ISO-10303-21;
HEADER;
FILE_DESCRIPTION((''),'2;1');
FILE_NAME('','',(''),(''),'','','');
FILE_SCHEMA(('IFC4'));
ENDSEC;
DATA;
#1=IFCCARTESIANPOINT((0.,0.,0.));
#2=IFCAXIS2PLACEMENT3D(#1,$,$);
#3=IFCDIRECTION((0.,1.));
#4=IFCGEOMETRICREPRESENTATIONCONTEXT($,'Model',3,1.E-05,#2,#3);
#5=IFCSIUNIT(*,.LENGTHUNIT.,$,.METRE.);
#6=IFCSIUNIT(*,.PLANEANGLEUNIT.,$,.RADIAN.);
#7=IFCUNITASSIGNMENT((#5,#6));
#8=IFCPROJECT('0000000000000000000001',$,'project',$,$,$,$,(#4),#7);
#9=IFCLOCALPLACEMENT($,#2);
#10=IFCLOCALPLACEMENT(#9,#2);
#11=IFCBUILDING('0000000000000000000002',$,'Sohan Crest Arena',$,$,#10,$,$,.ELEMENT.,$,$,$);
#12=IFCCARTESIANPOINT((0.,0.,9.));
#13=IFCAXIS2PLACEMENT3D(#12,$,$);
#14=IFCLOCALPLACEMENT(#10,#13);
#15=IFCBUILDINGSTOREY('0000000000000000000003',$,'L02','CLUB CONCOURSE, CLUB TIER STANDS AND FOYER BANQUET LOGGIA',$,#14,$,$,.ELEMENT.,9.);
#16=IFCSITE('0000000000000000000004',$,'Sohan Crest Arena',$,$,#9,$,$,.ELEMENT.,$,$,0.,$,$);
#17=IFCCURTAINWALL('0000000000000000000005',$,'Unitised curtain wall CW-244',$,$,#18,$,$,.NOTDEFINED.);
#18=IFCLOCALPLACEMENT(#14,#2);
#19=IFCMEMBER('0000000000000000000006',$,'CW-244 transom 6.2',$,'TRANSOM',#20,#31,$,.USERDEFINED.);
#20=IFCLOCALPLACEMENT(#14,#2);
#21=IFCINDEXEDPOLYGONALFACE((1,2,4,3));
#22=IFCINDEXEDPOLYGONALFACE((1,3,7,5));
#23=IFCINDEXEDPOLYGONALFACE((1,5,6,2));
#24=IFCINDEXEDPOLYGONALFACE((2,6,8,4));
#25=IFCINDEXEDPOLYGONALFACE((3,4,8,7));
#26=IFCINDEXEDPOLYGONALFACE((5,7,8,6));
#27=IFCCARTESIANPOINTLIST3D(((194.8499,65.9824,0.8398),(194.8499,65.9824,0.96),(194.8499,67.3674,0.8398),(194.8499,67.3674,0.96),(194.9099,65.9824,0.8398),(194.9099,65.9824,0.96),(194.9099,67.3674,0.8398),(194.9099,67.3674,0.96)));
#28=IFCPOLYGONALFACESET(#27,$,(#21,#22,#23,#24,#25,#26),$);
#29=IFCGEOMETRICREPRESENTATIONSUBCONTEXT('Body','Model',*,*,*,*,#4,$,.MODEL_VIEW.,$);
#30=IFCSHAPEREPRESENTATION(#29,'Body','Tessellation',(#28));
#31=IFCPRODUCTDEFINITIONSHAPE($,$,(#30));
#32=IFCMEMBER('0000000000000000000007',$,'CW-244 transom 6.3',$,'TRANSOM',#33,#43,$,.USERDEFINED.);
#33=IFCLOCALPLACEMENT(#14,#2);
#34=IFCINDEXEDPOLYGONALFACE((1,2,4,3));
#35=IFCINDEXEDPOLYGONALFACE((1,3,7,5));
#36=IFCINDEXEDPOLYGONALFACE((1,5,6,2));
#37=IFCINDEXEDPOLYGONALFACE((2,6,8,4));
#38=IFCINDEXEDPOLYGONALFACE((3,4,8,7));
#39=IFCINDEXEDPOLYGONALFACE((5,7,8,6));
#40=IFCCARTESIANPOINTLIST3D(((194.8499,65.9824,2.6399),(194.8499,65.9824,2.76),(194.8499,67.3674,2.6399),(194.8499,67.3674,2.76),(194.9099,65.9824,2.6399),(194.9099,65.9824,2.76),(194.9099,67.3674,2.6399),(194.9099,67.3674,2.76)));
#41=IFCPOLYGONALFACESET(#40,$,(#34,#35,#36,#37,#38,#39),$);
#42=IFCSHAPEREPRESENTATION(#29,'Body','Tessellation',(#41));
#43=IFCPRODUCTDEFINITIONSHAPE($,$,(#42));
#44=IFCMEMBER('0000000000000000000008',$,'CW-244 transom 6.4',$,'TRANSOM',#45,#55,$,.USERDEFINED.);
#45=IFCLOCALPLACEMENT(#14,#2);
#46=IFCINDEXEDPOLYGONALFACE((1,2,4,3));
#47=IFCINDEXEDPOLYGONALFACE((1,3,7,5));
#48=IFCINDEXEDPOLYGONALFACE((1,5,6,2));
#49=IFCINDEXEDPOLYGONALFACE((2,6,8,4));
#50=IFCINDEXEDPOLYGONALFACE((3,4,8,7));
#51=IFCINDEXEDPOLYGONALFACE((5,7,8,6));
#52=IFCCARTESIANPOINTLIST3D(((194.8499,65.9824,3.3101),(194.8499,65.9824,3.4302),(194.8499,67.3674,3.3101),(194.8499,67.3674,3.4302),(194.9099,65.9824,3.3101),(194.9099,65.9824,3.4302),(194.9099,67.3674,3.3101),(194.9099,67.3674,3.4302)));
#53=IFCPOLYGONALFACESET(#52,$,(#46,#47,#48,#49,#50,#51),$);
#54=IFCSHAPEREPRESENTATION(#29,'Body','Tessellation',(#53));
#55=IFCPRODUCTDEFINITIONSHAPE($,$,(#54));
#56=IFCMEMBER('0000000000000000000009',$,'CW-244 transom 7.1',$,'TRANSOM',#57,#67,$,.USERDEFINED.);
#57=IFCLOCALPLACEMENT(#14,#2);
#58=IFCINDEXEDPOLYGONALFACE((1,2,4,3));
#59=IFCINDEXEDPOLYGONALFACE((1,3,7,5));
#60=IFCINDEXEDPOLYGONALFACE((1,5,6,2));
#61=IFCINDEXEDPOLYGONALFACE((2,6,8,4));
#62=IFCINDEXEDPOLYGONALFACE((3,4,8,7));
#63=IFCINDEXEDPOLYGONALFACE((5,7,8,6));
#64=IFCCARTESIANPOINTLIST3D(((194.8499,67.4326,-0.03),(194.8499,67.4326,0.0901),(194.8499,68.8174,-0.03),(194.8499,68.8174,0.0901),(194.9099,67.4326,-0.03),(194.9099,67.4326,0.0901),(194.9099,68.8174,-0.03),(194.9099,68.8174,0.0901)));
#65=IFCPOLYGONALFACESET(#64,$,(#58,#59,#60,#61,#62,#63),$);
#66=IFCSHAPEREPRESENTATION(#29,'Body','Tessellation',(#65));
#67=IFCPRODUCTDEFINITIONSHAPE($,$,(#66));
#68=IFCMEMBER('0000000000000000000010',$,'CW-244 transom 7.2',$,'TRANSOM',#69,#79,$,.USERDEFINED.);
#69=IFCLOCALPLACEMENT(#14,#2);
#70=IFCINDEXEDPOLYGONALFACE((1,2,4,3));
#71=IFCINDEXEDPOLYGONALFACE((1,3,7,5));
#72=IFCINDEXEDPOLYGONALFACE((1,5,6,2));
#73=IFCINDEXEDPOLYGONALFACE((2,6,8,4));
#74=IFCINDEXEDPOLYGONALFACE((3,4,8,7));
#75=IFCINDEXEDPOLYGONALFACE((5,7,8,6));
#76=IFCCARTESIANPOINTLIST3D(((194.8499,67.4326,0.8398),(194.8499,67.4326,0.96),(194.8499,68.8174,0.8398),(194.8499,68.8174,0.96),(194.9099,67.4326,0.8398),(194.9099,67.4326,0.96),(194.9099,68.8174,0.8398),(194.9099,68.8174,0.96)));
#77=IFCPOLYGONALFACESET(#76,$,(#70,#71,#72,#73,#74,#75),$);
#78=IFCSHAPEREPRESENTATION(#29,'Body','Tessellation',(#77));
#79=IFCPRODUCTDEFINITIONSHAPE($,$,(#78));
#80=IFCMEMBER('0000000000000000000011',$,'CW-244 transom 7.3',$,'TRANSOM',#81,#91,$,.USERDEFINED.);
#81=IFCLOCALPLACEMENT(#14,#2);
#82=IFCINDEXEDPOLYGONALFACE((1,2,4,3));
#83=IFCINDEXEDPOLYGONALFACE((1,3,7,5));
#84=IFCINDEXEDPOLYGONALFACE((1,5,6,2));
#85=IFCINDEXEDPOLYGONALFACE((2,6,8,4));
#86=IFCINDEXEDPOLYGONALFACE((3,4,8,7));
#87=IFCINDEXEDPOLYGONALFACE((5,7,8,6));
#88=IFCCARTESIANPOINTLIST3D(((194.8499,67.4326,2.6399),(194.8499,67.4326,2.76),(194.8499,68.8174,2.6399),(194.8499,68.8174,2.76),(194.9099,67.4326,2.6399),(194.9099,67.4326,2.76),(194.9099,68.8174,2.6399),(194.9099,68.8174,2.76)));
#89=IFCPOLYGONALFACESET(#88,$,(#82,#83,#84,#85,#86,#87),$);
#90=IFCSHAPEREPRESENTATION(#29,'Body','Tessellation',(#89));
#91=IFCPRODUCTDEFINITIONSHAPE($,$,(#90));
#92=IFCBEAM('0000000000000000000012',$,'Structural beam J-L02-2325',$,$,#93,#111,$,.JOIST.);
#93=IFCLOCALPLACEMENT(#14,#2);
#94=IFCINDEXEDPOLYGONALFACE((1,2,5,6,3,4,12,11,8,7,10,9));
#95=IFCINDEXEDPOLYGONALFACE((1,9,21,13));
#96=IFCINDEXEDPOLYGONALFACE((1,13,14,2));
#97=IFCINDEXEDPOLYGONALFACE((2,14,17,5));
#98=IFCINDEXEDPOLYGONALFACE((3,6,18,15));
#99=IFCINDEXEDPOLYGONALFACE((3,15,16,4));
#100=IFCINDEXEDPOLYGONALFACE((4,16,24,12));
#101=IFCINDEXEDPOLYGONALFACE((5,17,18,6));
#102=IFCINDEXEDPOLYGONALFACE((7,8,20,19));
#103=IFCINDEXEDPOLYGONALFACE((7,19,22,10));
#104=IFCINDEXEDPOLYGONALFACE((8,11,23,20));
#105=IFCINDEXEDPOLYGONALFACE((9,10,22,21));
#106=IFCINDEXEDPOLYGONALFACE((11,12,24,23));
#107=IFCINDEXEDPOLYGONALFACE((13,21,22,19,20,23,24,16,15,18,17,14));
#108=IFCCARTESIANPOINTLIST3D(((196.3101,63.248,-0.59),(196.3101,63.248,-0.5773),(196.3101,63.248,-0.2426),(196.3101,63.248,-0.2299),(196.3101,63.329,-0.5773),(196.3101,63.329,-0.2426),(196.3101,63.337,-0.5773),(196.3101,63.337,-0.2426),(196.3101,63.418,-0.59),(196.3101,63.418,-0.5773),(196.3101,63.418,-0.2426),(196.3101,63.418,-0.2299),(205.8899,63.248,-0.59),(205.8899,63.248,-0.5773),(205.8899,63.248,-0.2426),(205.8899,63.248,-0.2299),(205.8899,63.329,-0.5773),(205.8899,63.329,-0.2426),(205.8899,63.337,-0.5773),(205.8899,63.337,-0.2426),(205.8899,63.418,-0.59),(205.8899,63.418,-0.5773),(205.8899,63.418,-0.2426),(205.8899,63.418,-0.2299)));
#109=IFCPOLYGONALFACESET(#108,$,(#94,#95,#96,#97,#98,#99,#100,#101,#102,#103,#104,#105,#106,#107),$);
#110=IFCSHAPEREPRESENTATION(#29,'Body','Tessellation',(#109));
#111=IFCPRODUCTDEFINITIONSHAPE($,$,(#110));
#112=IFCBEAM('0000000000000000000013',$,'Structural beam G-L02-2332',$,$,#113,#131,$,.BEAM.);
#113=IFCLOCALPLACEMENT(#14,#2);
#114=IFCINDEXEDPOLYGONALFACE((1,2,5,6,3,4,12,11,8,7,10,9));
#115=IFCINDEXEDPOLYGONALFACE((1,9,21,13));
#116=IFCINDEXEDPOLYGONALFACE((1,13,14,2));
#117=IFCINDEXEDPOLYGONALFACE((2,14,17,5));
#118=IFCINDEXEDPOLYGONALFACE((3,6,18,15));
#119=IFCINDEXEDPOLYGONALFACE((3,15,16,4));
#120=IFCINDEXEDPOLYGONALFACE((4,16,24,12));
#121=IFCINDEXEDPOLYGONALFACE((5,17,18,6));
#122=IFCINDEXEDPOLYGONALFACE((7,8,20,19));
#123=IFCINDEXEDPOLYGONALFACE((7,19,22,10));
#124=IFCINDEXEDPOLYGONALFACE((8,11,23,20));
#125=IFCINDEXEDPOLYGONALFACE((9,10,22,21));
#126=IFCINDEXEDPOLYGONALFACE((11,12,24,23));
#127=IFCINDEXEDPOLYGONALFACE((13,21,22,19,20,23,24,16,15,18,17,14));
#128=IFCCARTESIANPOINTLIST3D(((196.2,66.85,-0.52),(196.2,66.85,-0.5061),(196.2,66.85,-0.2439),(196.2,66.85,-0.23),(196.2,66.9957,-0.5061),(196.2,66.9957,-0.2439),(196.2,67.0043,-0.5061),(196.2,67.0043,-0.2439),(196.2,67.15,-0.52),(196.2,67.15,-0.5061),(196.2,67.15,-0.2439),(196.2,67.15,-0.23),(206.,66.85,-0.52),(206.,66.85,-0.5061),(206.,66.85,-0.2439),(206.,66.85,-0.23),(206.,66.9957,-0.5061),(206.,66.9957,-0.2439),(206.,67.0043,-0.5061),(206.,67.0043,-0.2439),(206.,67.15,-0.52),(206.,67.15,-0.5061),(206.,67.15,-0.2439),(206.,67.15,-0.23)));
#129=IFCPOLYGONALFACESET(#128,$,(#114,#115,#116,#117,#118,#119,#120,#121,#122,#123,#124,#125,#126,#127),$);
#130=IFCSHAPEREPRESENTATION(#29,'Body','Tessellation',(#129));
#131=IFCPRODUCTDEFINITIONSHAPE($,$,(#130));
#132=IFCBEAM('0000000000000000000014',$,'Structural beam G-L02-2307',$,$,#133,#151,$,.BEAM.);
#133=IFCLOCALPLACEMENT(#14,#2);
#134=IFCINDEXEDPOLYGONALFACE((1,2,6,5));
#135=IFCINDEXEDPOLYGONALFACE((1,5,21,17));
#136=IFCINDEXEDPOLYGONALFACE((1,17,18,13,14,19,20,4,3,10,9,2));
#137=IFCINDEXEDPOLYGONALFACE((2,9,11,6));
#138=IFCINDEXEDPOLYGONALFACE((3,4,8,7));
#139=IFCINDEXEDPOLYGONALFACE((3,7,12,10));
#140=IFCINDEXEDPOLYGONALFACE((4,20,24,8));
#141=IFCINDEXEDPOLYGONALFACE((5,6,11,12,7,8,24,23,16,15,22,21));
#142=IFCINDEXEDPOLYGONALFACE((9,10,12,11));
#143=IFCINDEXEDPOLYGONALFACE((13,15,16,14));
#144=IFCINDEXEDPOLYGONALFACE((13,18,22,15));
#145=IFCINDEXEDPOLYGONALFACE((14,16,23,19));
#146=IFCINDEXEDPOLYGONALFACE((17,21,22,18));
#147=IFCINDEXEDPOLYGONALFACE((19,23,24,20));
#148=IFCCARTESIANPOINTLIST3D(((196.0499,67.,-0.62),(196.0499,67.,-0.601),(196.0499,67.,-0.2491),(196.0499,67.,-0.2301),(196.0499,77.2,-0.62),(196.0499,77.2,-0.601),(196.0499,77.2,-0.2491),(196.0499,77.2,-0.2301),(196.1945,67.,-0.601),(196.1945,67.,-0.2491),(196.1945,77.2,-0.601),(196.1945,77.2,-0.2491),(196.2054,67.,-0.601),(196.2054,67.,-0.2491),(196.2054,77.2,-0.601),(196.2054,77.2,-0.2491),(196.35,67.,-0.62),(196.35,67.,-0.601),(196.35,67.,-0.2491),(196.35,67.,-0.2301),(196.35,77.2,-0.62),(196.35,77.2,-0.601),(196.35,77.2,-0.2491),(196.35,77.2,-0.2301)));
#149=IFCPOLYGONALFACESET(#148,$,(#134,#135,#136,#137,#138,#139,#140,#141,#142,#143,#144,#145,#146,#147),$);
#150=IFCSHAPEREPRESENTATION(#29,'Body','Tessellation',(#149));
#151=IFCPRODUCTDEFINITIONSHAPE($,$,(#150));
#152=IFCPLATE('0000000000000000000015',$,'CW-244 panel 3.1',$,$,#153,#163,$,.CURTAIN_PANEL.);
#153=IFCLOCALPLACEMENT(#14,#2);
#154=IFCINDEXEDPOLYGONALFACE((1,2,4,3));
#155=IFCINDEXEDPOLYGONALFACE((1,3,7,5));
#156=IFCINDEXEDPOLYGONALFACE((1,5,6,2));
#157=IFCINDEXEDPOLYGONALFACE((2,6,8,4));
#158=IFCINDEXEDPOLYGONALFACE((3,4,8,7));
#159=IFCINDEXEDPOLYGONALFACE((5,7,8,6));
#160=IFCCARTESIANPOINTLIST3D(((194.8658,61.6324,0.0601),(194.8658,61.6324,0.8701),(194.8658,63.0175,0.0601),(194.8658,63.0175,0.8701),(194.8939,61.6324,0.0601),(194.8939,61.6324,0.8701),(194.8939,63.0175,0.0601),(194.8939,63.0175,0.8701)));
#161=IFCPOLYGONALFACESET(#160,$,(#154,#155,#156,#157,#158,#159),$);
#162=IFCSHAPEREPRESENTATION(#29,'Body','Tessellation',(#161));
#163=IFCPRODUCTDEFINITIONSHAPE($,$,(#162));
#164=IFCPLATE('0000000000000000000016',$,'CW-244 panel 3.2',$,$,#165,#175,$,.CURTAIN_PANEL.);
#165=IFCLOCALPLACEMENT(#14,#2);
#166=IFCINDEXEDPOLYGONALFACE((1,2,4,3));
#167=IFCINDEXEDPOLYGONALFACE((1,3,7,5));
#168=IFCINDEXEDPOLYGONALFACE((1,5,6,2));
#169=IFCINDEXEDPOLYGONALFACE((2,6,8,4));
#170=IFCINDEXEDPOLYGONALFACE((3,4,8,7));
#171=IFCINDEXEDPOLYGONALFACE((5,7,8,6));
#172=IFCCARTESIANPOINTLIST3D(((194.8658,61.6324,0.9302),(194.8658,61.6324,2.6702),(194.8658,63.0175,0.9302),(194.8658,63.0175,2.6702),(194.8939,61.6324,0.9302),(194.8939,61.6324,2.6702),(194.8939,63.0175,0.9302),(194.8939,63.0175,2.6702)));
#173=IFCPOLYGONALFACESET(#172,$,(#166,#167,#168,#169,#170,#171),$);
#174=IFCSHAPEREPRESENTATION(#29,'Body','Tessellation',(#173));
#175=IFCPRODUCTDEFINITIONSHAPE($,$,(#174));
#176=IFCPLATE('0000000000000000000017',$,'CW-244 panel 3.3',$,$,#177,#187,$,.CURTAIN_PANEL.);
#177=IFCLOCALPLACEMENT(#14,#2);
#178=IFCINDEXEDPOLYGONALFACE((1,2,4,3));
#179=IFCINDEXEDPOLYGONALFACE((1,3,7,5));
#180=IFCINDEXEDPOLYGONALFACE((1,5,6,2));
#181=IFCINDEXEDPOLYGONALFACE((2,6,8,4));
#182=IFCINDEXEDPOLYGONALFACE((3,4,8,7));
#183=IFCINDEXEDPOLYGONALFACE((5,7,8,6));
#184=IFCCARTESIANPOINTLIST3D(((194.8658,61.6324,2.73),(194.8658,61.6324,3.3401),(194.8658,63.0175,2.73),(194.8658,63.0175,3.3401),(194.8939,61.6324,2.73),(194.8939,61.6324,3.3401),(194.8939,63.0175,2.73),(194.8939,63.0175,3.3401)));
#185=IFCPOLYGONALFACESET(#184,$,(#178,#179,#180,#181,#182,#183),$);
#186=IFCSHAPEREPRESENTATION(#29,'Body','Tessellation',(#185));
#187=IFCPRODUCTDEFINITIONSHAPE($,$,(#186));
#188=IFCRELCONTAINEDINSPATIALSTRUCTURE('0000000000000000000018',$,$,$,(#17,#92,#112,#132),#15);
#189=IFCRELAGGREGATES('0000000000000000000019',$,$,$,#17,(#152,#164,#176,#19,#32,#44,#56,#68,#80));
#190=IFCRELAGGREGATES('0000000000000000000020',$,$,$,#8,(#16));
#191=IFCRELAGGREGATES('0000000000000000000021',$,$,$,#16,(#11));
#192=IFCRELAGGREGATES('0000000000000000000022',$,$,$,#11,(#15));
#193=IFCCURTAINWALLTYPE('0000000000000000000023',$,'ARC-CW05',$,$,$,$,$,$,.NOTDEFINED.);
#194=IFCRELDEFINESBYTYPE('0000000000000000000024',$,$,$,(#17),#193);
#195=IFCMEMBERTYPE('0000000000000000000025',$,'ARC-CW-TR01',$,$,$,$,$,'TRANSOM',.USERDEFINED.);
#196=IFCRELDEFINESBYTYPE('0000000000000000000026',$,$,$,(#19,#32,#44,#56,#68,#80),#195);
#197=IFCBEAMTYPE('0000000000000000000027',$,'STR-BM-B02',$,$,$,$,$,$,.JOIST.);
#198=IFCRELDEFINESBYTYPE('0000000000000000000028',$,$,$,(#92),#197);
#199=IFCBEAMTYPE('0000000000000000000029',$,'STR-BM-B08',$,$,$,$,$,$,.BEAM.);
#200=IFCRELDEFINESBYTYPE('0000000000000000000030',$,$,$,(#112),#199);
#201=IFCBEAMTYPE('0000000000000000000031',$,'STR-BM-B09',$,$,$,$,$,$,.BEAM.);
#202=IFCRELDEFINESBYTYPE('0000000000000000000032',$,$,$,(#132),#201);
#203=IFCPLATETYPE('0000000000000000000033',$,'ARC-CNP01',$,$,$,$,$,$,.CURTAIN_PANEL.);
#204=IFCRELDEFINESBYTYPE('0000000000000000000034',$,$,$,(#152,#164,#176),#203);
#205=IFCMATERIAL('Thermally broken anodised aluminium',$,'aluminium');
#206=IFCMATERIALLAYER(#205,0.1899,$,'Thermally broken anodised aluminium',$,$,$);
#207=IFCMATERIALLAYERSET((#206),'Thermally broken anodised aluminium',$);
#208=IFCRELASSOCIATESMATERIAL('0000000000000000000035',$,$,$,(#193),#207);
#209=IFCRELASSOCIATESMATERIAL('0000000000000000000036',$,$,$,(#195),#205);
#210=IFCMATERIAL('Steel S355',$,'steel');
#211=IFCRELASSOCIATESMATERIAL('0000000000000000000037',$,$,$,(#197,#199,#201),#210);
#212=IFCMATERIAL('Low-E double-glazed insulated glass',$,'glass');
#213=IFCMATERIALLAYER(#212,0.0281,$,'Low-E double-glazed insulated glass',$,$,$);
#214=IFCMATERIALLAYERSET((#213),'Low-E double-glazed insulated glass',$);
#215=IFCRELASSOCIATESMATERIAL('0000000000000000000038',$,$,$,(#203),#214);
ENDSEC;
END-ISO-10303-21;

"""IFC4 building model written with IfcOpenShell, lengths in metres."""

from ifc_helpers import new_model, si_unit, direction, frame, origin, origin_2d, place, context, subcontext, project, spatial, rectangle, i_section, extrude, material, layer, layer_set, material_profile, profile_set, type_object, element, aggregate, save


model = new_model("IFC4")

# Units and contexts
model_context = context("Model", 3, precision=1e-05, world=origin(), true_north=direction((0.0, 1.0)))
body_context = subcontext(model_context, "Body", "Model", "MODEL_VIEW")
ifc_project = project(units=[si_unit("LENGTHUNIT", "METRE"), si_unit("PLANEANGLEUNIT", "RADIAN")], contexts=[model_context])

# Site, building, storey
site_placement = place(None, origin())
site = spatial("IfcSite", under=ifc_project, at=site_placement, Name="Sohan Crest Arena", CompositionType="ELEMENT", RefElevation=0.0)
building_placement = place(site_placement, origin())
building = spatial("IfcBuilding", under=site, at=building_placement, Name="Sohan Crest Arena", CompositionType="ELEMENT")
storey_placement = place(building_placement, frame((0.0, 0.0, 9.0)))
storey = spatial("IfcBuildingStorey", under=building, at=storey_placement, Name="L02", Description="CLUB CONCOURSE, CLUB TIER STANDS AND FOYER BANQUET LOGGIA", CompositionType="ELEMENT", Elevation=9.0)

# Curtain wall, members
ifc_material_1 = material(Name="Thermally broken anodised aluminium", Category="aluminium")
ifc_layer_1 = layer(ifc_material_1, 0.1899, Name="Thermally broken anodised aluminium")
ifc_layer_set_1 = layer_set([ifc_layer_1], Name="Thermally broken anodised aluminium")
curtain_wall_type = type_object("IfcCurtainWallType", Name="ARC-CW05", PredefinedType="NOTDEFINED", material=ifc_layer_set_1)
curtain_wall_placement = place(storey_placement, origin())
curtain_wall = element("IfcCurtainWall", 1, at=curtain_wall_placement, inside=storey, type_object=curtain_wall_type, Name="Unitised curtain wall CW-244", PredefinedType="NOTDEFINED")
ifc_material_profile_1 = material_profile(ifc_material_1, rectangle(XDim=0.0601, YDim=0.1201, at=origin_2d()), Name="ALU-TRAN 60x120")
ifc_profile_set_1 = profile_set([ifc_material_profile_1], Name="Thermally broken anodised aluminium")
member_type_1 = type_object("IfcMemberType", Name="ARC-CW-TR01", ElementType="TRANSOM", PredefinedType="USERDEFINED", material=ifc_profile_set_1)
member_1_placement = place(storey_placement, frame((194.8799, 65.9824, 0.8999), z_axis=(0.0, 1.0, 0.0), x_axis=(-1.0, 0.0, 0.0)))
member_1 = element("IfcMember", 2, at=member_1_placement, type_object=member_type_1, Name="CW-244 transom 6.2", ObjectType="TRANSOM", PredefinedType="USERDEFINED", context=body_context, shape_type="SweptSolid", body=[
    extrude(rectangle(XDim=0.0601, YDim=0.1201, at=origin_2d()), origin(), (0.0, 0.0, 1.0), 1.385),
])
member_2_placement = place(storey_placement, frame((194.8799, 65.9824, 2.7), z_axis=(0.0, 1.0, 0.0), x_axis=(-1.0, 0.0, 0.0)))
member_2 = element("IfcMember", 3, at=member_2_placement, type_object=member_type_1, Name="CW-244 transom 6.3", ObjectType="TRANSOM", PredefinedType="USERDEFINED", context=body_context, shape_type="SweptSolid", body=[
    extrude(rectangle(XDim=0.0601, YDim=0.1201, at=origin_2d()), origin(), (0.0, 0.0, 1.0), 1.385),
])
member_3_placement = place(storey_placement, frame((194.8799, 65.9824, 3.3701), z_axis=(0.0, 1.0, 0.0), x_axis=(-1.0, 0.0, 0.0)))
member_3 = element("IfcMember", 4, at=member_3_placement, type_object=member_type_1, Name="CW-244 transom 6.4", ObjectType="TRANSOM", PredefinedType="USERDEFINED", context=body_context, shape_type="SweptSolid", body=[
    extrude(rectangle(XDim=0.0601, YDim=0.1201, at=origin_2d()), origin(), (0.0, 0.0, 1.0), 1.385),
])
member_4_placement = place(storey_placement, frame((194.8799, 67.4326, 0.03), z_axis=(0.0, 1.0, 0.0), x_axis=(-1.0, 0.0, 0.0)))
member_4 = element("IfcMember", 5, at=member_4_placement, type_object=member_type_1, Name="CW-244 transom 7.1", ObjectType="TRANSOM", PredefinedType="USERDEFINED", context=body_context, shape_type="SweptSolid", body=[
    extrude(rectangle(XDim=0.0601, YDim=0.1201, at=origin_2d()), origin(), (0.0, 0.0, 1.0), 1.3848),
])
member_5_placement = place(storey_placement, frame((194.8799, 67.4326, 0.8999), z_axis=(0.0, 1.0, 0.0), x_axis=(-1.0, 0.0, 0.0)))
member_5 = element("IfcMember", 6, at=member_5_placement, type_object=member_type_1, Name="CW-244 transom 7.2", ObjectType="TRANSOM", PredefinedType="USERDEFINED", context=body_context, shape_type="SweptSolid", body=[
    extrude(rectangle(XDim=0.0601, YDim=0.1201, at=origin_2d()), origin(), (0.0, 0.0, 1.0), 1.3848),
])
member_6_placement = place(storey_placement, frame((194.8799, 67.4326, 2.7), z_axis=(0.0, 1.0, 0.0), x_axis=(-1.0, 0.0, 0.0)))
member_6 = element("IfcMember", 7, at=member_6_placement, type_object=member_type_1, Name="CW-244 transom 7.3", ObjectType="TRANSOM", PredefinedType="USERDEFINED", context=body_context, shape_type="SweptSolid", body=[
    extrude(rectangle(XDim=0.0601, YDim=0.1201, at=origin_2d()), origin(), (0.0, 0.0, 1.0), 1.3848),
])

# Beams
ifc_material_2 = material(Name="Steel S355", Category="steel")
ifc_material_profile_2 = material_profile(ifc_material_2, i_section(OverallWidth=0.1699, OverallDepth=0.3601, WebThickness=0.0081, FlangeThickness=0.0127, at=origin_2d()), Name="IPE 360")
ifc_profile_set_2 = profile_set([ifc_material_profile_2], Name="Steel S355")
beam_type_1 = type_object("IfcBeamType", Name="STR-BM-B02", PredefinedType="JOIST", material=ifc_profile_set_2)
beam_1_placement = place(storey_placement, frame((196.3101, 63.333, -0.4099), z_axis=(1.0, 0.0, 0.0), x_axis=(0.0, 1.0, 0.0)))
element("IfcBeam", 8, at=beam_1_placement, inside=storey, type_object=beam_type_1, Name="Structural beam J-L02-2325", PredefinedType="JOIST", context=body_context, shape_type="SweptSolid", body=[
    extrude(i_section(OverallWidth=0.1699, OverallDepth=0.3601, WebThickness=0.0081, FlangeThickness=0.0127, at=origin_2d()), origin(), (0.0, 0.0, 1.0), 9.5798),
])
ifc_material_profile_3 = material_profile(ifc_material_2, i_section(OverallWidth=0.3, OverallDepth=0.29, WebThickness=0.0085, FlangeThickness=0.0139, at=origin_2d()), Name="HEA 300")
ifc_profile_set_3 = profile_set([ifc_material_profile_3], Name="Steel S355")
beam_type_2 = type_object("IfcBeamType", Name="STR-BM-B08", PredefinedType="BEAM", material=ifc_profile_set_3)
beam_2_placement = place(storey_placement, frame((196.2, 67.0, -0.375), z_axis=(1.0, 0.0, 0.0), x_axis=(0.0, 1.0, 0.0)))
element("IfcBeam", 9, at=beam_2_placement, inside=storey, type_object=beam_type_2, Name="Structural beam G-L02-2332", PredefinedType="BEAM", context=body_context, shape_type="SweptSolid", body=[
    extrude(i_section(OverallWidth=0.3, OverallDepth=0.29, WebThickness=0.0085, FlangeThickness=0.0139, at=origin_2d()), origin(), (0.0, 0.0, 1.0), 9.8),
])
ifc_material_profile_4 = material_profile(ifc_material_2, i_section(OverallWidth=0.3, OverallDepth=0.3899, WebThickness=0.011, FlangeThickness=0.019, at=origin_2d()), Name="HEA 400")
ifc_profile_set_4 = profile_set([ifc_material_profile_4], Name="Steel S355")
beam_type_3 = type_object("IfcBeamType", Name="STR-BM-B09", PredefinedType="BEAM", material=ifc_profile_set_4)
beam_3_placement = place(storey_placement, frame((196.2, 67.0, -0.425), z_axis=(0.0, 1.0, 0.0), x_axis=(-1.0, 0.0, 0.0)))
element("IfcBeam", 10, at=beam_3_placement, inside=storey, type_object=beam_type_3, Name="Structural beam G-L02-2307", PredefinedType="BEAM", context=body_context, shape_type="SweptSolid", body=[
    extrude(i_section(OverallWidth=0.3, OverallDepth=0.3899, WebThickness=0.011, FlangeThickness=0.019, at=origin_2d()), origin(), (0.0, 0.0, 1.0), 10.2),
])

# Plates
ifc_material_3 = material(Name="Low-E double-glazed insulated glass", Category="glass")
ifc_layer_2 = layer(ifc_material_3, 0.0281, Name="Low-E double-glazed insulated glass")
ifc_layer_set_2 = layer_set([ifc_layer_2], Name="Low-E double-glazed insulated glass")
plate_type = type_object("IfcPlateType", Name="ARC-CNP01", PredefinedType="CURTAIN_PANEL", material=ifc_layer_set_2)
plate_1_placement = place(storey_placement, frame((194.8799, 62.325, 0.0601), z_axis=(0.0, 0.0, 1.0), x_axis=(0.0, 1.0, 0.0)))
plate_1 = element("IfcPlate", 11, at=plate_1_placement, type_object=plate_type, Name="CW-244 panel 3.1", PredefinedType="CURTAIN_PANEL", context=body_context, shape_type="SweptSolid", body=[
    extrude(rectangle(XDim=1.385, YDim=0.0281, at=origin_2d()), origin(), (0.0, 0.0, 1.0), 0.8101),
])
plate_2_placement = place(storey_placement, frame((194.8799, 62.325, 0.9302), z_axis=(0.0, 0.0, 1.0), x_axis=(0.0, 1.0, 0.0)))
plate_2 = element("IfcPlate", 12, at=plate_2_placement, type_object=plate_type, Name="CW-244 panel 3.2", PredefinedType="CURTAIN_PANEL", context=body_context, shape_type="SweptSolid", body=[
    extrude(rectangle(XDim=1.385, YDim=0.0281, at=origin_2d()), origin(), (0.0, 0.0, 1.0), 1.74),
])
plate_3_placement = place(storey_placement, frame((194.8799, 62.325, 2.73), z_axis=(0.0, 0.0, 1.0), x_axis=(0.0, 1.0, 0.0)))
plate_3 = element("IfcPlate", 13, at=plate_3_placement, type_object=plate_type, Name="CW-244 panel 3.3", PredefinedType="CURTAIN_PANEL", context=body_context, shape_type="SweptSolid", body=[
    extrude(rectangle(XDim=1.385, YDim=0.0281, at=origin_2d()), origin(), (0.0, 0.0, 1.0), 0.6101),
])
aggregate(curtain_wall, [plate_1, plate_2, plate_3, member_1, member_2, member_3, member_4, member_5, member_6])

save(model, "model.ifc")
